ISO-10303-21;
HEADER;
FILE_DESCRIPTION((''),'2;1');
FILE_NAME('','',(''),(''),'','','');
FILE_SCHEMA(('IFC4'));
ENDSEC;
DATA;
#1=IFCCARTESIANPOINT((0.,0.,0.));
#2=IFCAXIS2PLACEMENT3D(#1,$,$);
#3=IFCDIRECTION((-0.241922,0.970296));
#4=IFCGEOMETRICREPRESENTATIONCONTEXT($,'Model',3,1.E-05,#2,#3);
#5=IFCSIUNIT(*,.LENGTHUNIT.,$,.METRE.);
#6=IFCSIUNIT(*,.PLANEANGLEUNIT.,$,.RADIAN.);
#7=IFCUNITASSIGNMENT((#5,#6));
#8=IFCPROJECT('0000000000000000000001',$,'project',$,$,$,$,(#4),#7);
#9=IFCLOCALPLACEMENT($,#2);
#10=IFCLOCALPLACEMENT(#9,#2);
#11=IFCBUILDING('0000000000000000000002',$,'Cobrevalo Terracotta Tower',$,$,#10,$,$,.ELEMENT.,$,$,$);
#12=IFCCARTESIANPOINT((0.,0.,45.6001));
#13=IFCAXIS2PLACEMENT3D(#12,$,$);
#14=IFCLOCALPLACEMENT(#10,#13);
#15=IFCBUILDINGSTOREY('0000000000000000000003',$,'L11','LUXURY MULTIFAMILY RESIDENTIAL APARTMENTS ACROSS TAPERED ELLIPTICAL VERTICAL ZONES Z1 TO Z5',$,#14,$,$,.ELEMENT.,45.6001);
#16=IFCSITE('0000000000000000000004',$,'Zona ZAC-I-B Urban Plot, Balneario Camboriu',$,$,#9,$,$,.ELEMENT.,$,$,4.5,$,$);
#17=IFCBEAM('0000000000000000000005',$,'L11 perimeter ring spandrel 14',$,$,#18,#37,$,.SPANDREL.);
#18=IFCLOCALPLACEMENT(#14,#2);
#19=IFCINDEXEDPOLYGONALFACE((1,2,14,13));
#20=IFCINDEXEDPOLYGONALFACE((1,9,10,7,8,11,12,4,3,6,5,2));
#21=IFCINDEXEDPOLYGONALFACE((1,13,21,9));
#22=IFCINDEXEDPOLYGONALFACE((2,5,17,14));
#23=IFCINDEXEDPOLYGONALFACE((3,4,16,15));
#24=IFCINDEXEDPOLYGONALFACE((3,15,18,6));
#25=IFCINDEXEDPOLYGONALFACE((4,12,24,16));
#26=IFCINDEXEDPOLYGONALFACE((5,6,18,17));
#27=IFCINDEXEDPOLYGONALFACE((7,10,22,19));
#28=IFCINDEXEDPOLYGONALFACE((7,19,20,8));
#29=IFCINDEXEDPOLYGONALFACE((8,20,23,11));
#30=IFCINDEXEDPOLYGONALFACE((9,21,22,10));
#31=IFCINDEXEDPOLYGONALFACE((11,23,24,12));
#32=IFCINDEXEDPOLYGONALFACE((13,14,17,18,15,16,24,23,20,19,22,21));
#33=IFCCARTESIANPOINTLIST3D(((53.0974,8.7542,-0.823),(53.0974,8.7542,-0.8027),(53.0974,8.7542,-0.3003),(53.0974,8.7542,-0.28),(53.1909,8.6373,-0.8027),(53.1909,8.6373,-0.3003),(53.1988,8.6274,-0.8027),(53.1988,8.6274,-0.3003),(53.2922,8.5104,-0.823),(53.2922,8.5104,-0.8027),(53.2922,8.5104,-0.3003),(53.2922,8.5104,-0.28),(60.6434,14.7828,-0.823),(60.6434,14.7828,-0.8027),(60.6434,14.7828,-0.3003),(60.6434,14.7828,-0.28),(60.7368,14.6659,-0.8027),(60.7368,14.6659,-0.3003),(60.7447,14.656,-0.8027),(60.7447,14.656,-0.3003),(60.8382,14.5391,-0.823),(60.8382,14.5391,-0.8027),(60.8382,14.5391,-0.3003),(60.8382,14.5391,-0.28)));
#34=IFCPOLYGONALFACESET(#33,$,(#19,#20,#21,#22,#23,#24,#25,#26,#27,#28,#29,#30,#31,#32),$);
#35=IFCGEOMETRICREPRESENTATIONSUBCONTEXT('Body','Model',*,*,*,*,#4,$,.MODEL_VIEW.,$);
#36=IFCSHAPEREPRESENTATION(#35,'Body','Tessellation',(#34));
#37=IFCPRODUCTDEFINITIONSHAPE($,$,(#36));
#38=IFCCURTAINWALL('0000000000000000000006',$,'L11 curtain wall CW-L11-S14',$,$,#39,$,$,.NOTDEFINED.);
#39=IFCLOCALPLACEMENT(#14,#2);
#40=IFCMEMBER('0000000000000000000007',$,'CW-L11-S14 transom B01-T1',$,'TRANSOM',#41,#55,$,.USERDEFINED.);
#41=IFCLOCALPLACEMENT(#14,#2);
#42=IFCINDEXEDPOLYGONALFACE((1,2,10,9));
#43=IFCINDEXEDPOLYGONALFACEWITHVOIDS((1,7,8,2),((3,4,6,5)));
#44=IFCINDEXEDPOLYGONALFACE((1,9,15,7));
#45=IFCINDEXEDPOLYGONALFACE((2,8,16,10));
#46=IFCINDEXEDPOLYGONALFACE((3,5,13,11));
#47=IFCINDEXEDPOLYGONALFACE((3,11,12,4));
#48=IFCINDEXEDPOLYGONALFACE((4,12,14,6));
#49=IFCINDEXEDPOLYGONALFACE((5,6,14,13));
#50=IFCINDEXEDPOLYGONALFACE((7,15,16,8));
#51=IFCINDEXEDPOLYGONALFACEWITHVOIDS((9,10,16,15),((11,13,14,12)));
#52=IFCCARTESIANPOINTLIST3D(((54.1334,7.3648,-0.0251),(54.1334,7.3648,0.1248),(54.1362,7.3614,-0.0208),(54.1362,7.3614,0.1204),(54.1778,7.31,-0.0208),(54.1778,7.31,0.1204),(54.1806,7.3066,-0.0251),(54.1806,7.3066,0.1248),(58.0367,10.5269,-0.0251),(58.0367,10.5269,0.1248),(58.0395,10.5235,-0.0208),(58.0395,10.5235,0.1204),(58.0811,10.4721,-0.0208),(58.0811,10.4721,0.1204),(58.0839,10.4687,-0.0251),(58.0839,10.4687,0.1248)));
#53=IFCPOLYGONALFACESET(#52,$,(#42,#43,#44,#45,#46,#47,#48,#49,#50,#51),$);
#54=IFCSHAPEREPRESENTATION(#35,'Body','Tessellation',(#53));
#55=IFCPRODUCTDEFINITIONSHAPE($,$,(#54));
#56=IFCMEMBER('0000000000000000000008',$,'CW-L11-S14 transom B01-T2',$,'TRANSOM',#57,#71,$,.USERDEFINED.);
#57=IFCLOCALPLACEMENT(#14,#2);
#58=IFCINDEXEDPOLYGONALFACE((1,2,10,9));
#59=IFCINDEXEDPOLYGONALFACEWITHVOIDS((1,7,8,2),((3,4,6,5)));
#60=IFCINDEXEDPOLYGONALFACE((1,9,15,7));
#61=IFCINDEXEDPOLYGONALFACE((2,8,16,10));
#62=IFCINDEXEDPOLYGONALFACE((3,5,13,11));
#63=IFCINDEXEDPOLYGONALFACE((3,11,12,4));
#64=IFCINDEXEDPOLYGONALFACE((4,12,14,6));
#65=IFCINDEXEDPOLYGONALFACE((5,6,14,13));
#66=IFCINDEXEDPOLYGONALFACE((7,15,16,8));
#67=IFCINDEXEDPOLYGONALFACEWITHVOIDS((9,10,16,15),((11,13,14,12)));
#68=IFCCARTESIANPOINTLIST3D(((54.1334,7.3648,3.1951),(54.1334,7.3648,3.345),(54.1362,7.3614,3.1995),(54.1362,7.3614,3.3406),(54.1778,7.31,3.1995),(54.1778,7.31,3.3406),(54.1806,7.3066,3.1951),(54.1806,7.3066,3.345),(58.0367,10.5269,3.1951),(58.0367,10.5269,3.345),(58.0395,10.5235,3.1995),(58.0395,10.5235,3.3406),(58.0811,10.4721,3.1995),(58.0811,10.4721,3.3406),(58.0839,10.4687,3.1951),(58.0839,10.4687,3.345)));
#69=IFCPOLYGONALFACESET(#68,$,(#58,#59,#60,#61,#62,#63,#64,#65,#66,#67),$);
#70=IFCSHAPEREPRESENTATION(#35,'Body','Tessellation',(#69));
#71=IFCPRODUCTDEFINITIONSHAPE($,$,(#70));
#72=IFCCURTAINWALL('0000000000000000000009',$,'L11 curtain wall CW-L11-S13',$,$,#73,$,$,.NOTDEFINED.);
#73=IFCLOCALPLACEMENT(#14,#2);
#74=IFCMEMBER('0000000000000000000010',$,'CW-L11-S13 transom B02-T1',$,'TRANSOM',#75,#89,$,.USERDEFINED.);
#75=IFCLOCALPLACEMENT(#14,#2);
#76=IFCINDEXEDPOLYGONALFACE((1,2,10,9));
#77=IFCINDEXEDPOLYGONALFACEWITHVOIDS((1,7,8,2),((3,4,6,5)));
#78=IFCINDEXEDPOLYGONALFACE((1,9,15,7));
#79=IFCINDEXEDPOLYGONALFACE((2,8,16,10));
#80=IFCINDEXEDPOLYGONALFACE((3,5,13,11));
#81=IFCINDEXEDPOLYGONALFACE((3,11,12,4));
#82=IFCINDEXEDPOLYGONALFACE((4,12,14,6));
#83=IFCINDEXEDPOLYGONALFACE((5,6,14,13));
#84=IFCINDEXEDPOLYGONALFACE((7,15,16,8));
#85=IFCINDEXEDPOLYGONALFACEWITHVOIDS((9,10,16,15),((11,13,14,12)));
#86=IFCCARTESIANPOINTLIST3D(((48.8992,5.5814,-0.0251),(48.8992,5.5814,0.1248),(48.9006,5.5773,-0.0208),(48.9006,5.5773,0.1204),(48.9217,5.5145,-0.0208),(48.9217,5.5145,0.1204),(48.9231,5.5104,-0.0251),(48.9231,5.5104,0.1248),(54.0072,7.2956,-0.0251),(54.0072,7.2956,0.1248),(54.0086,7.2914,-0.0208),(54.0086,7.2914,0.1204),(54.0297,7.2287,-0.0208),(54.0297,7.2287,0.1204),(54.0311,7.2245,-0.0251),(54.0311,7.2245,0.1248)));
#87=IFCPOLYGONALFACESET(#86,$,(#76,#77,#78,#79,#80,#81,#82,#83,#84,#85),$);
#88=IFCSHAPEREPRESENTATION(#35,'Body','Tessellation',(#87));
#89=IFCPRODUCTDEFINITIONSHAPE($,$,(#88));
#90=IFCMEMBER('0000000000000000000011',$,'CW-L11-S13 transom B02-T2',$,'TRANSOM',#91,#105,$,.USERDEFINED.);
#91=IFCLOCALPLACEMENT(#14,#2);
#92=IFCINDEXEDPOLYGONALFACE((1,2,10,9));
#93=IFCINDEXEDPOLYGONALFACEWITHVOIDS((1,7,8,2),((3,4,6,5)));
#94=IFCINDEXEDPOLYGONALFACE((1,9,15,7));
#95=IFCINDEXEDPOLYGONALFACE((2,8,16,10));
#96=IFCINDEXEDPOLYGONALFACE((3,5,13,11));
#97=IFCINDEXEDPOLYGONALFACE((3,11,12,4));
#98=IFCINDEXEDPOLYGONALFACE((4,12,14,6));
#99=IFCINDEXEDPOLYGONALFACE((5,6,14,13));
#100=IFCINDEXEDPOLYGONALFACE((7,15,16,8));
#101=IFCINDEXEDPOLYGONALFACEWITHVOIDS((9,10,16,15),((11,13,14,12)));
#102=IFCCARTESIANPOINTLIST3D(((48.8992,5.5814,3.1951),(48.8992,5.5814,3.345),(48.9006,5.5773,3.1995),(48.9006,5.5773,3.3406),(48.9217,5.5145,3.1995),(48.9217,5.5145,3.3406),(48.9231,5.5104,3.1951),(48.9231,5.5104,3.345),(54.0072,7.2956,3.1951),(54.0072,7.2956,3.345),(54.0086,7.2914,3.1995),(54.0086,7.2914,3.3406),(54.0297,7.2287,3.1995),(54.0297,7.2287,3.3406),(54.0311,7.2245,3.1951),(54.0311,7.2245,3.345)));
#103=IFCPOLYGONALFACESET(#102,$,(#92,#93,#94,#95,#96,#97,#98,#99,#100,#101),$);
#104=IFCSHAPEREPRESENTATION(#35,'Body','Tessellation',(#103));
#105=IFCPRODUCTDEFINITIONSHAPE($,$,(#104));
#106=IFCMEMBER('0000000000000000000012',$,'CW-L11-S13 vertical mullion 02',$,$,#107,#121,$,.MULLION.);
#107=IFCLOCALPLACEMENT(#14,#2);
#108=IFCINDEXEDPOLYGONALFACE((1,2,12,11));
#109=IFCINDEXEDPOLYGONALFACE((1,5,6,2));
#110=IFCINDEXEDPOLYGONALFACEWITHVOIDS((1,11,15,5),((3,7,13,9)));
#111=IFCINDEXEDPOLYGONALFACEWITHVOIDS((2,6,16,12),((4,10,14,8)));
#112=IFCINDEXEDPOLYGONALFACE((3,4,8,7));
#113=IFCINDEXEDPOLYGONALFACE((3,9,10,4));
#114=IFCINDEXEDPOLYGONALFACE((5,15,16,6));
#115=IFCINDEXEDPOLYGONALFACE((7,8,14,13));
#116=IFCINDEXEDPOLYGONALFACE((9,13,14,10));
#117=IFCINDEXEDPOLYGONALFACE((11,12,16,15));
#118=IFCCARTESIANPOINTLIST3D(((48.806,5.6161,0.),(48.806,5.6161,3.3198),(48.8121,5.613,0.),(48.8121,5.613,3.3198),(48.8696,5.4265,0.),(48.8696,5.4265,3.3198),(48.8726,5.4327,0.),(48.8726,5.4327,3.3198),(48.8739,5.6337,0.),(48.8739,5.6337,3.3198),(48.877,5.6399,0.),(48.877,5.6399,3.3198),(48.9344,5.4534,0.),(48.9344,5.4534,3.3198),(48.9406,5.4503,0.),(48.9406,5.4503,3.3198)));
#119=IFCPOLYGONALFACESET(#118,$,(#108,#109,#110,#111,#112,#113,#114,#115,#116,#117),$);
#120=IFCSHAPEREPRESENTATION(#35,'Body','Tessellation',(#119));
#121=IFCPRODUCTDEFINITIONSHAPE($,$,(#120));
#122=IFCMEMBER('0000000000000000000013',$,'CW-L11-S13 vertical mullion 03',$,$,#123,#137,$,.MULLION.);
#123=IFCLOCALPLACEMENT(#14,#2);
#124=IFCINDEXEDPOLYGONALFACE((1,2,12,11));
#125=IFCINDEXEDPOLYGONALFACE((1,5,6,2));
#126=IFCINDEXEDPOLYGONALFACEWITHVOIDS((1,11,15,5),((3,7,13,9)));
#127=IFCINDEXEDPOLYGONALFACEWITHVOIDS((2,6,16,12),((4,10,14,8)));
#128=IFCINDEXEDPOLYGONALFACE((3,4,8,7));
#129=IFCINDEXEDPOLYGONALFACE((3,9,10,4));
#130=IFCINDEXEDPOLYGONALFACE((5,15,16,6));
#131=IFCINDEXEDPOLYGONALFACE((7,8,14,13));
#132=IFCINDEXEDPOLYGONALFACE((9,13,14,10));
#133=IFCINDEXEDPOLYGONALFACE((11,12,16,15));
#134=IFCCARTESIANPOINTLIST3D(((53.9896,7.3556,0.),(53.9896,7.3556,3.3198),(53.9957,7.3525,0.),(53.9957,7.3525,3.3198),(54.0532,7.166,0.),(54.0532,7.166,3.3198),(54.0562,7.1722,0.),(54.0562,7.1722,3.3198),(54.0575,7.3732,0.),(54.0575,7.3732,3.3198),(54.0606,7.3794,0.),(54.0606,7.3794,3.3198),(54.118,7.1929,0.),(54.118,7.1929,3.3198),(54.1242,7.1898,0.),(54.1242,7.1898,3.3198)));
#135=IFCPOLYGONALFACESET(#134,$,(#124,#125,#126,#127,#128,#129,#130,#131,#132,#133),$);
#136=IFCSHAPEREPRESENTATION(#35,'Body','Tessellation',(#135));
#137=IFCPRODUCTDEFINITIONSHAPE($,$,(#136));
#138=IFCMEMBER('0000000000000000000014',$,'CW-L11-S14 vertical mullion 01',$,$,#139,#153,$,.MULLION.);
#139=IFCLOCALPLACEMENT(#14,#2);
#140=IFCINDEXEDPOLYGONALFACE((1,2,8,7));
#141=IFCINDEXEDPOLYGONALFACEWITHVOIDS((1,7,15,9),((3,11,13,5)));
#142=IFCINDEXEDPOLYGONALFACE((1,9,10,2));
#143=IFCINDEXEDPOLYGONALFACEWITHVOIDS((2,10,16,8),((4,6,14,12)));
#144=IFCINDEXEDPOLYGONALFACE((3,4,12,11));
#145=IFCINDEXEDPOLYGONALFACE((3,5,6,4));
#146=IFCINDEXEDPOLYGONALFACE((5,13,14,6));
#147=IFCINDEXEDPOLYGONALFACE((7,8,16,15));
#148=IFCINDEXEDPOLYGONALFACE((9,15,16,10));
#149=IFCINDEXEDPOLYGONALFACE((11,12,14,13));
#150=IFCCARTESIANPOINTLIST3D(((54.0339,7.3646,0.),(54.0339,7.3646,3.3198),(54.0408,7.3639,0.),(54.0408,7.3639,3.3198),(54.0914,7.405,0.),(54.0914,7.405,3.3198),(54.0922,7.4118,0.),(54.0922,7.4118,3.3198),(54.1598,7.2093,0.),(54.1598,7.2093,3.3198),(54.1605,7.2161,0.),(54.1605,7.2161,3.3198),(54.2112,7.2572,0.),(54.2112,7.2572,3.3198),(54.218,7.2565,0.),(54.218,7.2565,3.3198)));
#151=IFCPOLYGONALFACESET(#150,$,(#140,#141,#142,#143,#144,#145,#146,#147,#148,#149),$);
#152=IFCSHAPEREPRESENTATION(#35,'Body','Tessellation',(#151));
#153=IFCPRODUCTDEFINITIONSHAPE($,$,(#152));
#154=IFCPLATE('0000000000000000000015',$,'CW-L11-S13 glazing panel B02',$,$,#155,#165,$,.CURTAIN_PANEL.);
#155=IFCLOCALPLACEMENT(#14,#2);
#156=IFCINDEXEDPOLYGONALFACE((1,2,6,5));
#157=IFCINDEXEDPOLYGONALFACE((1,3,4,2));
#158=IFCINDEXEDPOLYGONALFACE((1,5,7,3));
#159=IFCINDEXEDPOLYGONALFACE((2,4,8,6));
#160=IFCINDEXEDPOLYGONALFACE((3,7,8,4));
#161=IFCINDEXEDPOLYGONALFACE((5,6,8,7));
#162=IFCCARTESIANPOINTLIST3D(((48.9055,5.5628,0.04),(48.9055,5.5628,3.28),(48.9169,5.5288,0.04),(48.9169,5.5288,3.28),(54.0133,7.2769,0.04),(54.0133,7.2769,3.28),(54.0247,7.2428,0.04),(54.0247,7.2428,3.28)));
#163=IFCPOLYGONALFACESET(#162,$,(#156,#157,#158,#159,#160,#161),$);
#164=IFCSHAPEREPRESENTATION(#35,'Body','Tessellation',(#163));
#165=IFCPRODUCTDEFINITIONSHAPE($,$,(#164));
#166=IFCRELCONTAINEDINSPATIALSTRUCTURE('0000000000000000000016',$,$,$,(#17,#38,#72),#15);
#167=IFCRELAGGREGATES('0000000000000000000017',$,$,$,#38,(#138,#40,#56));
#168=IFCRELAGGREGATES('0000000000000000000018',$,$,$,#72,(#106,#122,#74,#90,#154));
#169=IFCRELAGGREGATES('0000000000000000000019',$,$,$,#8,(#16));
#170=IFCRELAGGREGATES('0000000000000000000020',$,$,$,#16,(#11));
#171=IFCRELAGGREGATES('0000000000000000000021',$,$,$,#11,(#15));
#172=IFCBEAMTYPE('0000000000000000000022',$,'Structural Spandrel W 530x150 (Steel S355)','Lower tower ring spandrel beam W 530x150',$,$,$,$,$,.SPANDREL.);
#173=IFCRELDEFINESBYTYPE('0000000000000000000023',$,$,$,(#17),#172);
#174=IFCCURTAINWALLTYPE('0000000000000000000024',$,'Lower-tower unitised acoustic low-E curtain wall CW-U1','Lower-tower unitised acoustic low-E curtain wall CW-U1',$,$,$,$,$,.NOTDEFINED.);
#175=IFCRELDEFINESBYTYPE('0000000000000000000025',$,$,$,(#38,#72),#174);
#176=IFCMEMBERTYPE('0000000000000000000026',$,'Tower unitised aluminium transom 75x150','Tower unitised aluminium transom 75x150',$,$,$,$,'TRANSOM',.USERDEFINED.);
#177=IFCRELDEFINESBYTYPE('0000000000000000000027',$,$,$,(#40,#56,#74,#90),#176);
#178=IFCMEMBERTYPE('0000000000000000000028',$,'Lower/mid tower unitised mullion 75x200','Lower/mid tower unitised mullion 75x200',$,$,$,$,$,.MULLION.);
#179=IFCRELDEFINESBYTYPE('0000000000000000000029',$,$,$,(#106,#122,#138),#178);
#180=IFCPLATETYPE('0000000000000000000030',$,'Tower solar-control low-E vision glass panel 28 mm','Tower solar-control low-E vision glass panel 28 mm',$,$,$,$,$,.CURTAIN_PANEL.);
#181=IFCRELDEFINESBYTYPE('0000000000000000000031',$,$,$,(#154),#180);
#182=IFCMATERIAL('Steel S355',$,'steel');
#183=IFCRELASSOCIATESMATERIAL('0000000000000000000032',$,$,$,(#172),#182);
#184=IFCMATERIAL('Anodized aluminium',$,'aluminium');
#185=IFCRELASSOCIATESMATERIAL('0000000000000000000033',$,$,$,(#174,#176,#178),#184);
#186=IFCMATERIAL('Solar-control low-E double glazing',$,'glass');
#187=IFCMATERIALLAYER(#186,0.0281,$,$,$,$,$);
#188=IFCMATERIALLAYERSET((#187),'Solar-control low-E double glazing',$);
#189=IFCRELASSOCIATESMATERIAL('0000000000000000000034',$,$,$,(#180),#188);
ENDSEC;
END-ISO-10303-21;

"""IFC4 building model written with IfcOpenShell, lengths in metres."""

from ifc_helpers import new_model, si_unit, direction, frame, origin, origin_2d, place, context, subcontext, project, spatial, rectangle, hollow_rectangle, i_section, extrude, source, transform, mapped, material, layer, layer_set, material_profile, profile_set, type_object, element, aggregate, save


model = new_model("IFC4")

# Units and contexts
model_context = context("Model", 3, precision=1e-05, world=origin(), true_north=direction((-0.241922, 0.970296)))
body_context = subcontext(model_context, "Body", "Model", "MODEL_VIEW")
ifc_project = project(units=[si_unit("LENGTHUNIT", "METRE"), si_unit("PLANEANGLEUNIT", "RADIAN")], contexts=[model_context])

# Site, building, storey
site_placement = place(None, origin())
site = spatial("IfcSite", under=ifc_project, at=site_placement, Name="Zona ZAC-I-B Urban Plot, Balneario Camboriu", CompositionType="ELEMENT", RefElevation=4.5)
building_placement = place(site_placement, origin())
building = spatial("IfcBuilding", under=site, at=building_placement, Name="Cobrevalo Terracotta Tower", CompositionType="ELEMENT")
storey_placement = place(building_placement, frame((0.0, 0.0, 45.6001)))
storey = spatial("IfcBuildingStorey", under=building, at=storey_placement, Name="L11", Description="LUXURY MULTIFAMILY RESIDENTIAL APARTMENTS ACROSS TAPERED ELLIPTICAL VERTICAL ZONES Z1 TO Z5", CompositionType="ELEMENT", Elevation=45.6001)

# Shared definitions
ifc_material_1 = material(Name="Steel S355", Category="steel")

# Beam
ifc_material_profile_1 = material_profile(ifc_material_1, i_section(OverallWidth=0.312, OverallDepth=0.543, WebThickness=0.0127, FlangeThickness=0.0203, at=origin_2d()), Name="W 530x150")
ifc_profile_set_1 = profile_set([ifc_material_profile_1], Name="Steel S355")
beam_type_1 = type_object("IfcBeamType", Name="Structural Spandrel W 530x150 (Steel S355)", Description="Lower tower ring spandrel beam W 530x150", PredefinedType="SPANDREL", material=ifc_profile_set_1)
beam_1_placement = place(storey_placement, frame((53.1948, 8.6323, -0.5515), z_axis=(0.78128, 0.62418, 0.0), x_axis=(-0.62418, 0.78128, 0.0)))
element("IfcBeam", 1, at=beam_1_placement, inside=storey, type_object=beam_type_1, Name="L11 perimeter ring spandrel 14", PredefinedType="SPANDREL", context=body_context, shape_type="SweptSolid", body=[
    extrude(i_section(OverallWidth=0.312, OverallDepth=0.543, WebThickness=0.0127, FlangeThickness=0.0203, at=origin_2d()), origin(), (0.0, 0.0, 1.0), 9.6584),
])

# Curtain walls, members
ifc_material_2 = material(Name="Anodized aluminium", Category="aluminium")
curtain_wall_type = type_object("IfcCurtainWallType", Name="Lower-tower unitised acoustic low-E curtain wall CW-U1", Description="Lower-tower unitised acoustic low-E curtain wall CW-U1", PredefinedType="NOTDEFINED", material=ifc_material_2)
curtain_wall_1_placement = place(storey_placement, origin())
curtain_wall_1 = element("IfcCurtainWall", 2, at=curtain_wall_1_placement, inside=storey, type_object=curtain_wall_type, Name="L11 curtain wall CW-L11-S14", PredefinedType="NOTDEFINED")
ifc_material_profile_2 = material_profile(ifc_material_2, hollow_rectangle(XDim=0.075, YDim=0.1499, WallThickness=0.0044, at=origin_2d()), Name="CWT 75x150")
ifc_profile_set_2 = profile_set([ifc_material_profile_2], Name="Anodized aluminium")
member_type_1 = type_object("IfcMemberType", Name="Tower unitised aluminium transom 75x150", Description="Tower unitised aluminium transom 75x150", ElementType="TRANSOM", PredefinedType="USERDEFINED", material=ifc_profile_set_2)
shared_shape_1 = source(origin(), body_context, "Body", "SweptSolid", [
    extrude(hollow_rectangle(XDim=0.075, YDim=0.1499, WallThickness=0.0044, at=origin_2d()), origin(), (0.0, 0.0, 1.0), 5.0234),
])
member_1_placement = place(storey_placement, frame((54.157, 7.3357, 0.0498), z_axis=(0.777023, 0.629472, 0.0), x_axis=(-0.629472, 0.777023, 0.0)))
member_1 = element("IfcMember", 3, at=member_1_placement, type_object=member_type_1, Name="CW-L11-S14 transom B01-T1", ObjectType="TRANSOM", PredefinedType="USERDEFINED", context=body_context, shape_type="MappedRepresentation", body=[
    mapped(shared_shape_1, transform((0.0, 0.0, 0.0), scale=1.0)),
])
member_2_placement = place(storey_placement, frame((54.157, 7.3357, 3.27), z_axis=(0.777023, 0.629472, 0.0), x_axis=(-0.629472, 0.777023, 0.0)))
member_2 = element("IfcMember", 4, at=member_2_placement, type_object=member_type_1, Name="CW-L11-S14 transom B01-T2", ObjectType="TRANSOM", PredefinedType="USERDEFINED", context=body_context, shape_type="MappedRepresentation", body=[
    mapped(shared_shape_1, transform((0.0, 0.0, 0.0), scale=1.0)),
])
curtain_wall_2_placement = place(storey_placement, origin())
curtain_wall_2 = element("IfcCurtainWall", 5, at=curtain_wall_2_placement, inside=storey, type_object=curtain_wall_type, Name="L11 curtain wall CW-L11-S13", PredefinedType="NOTDEFINED")
shared_shape_2 = source(origin(), body_context, "Body", "SweptSolid", [
    extrude(hollow_rectangle(XDim=0.075, YDim=0.1499, WallThickness=0.0044, at=origin_2d()), origin(), (0.0, 0.0, 1.0), 5.3879),
])
member_3_placement = place(storey_placement, frame((48.9111, 5.5459, 0.0498), z_axis=(0.948042, 0.318144, 0.0), x_axis=(-0.318144, 0.948042, 0.0)))
member_3 = element("IfcMember", 6, at=member_3_placement, type_object=member_type_1, Name="CW-L11-S13 transom B02-T1", ObjectType="TRANSOM", PredefinedType="USERDEFINED", context=body_context, shape_type="MappedRepresentation", body=[
    mapped(shared_shape_2, transform((0.0, 0.0, 0.0), scale=1.0)),
])
member_4_placement = place(storey_placement, frame((48.9111, 5.5459, 3.27), z_axis=(0.948042, 0.318144, 0.0), x_axis=(-0.318144, 0.948042, 0.0)))
member_4 = element("IfcMember", 7, at=member_4_placement, type_object=member_type_1, Name="CW-L11-S13 transom B02-T2", ObjectType="TRANSOM", PredefinedType="USERDEFINED", context=body_context, shape_type="MappedRepresentation", body=[
    mapped(shared_shape_2, transform((0.0, 0.0, 0.0), scale=1.0)),
])
ifc_material_profile_3 = material_profile(ifc_material_2, hollow_rectangle(XDim=0.075, YDim=0.2, WallThickness=0.0049, at=origin_2d()), Name="CWM 75x200")
ifc_profile_set_3 = profile_set([ifc_material_profile_3], Name="Anodized aluminium")
member_type_2 = type_object("IfcMemberType", Name="Lower/mid tower unitised mullion 75x200", Description="Lower/mid tower unitised mullion 75x200", PredefinedType="MULLION", material=ifc_profile_set_3)
shared_shape_3 = source(origin(), body_context, "Body", "SweptSolid", [
    extrude(hollow_rectangle(XDim=0.075, YDim=0.2, WallThickness=0.0049, at=origin_2d()), origin(), (0.0, 0.0, 1.0), 3.3198),
])
member_5_placement = place(storey_placement, frame((48.8733, 5.5332, 0.0), z_axis=(0.0, 0.0, 1.0), x_axis=(0.948046, 0.318132, 0.0)))
member_5 = element("IfcMember", 8, at=member_5_placement, type_object=member_type_2, Name="CW-L11-S13 vertical mullion 02", PredefinedType="MULLION", context=body_context, shape_type="MappedRepresentation", body=[
    mapped(shared_shape_3, transform((0.0, 0.0, 0.0), scale=1.0)),
])
member_6_placement = place(storey_placement, frame((54.0569, 7.2727, 0.0), z_axis=(0.0, 0.0, 1.0), x_axis=(0.948046, 0.318132, 0.0)))
member_6 = element("IfcMember", 9, at=member_6_placement, type_object=member_type_2, Name="CW-L11-S13 vertical mullion 03", PredefinedType="MULLION", context=body_context, shape_type="MappedRepresentation", body=[
    mapped(shared_shape_3, transform((0.0, 0.0, 0.0), scale=1.0)),
])

# Member
member_7_placement = place(storey_placement, frame((54.126, 7.3105, 0.0), z_axis=(0.0, 0.0, 1.0), x_axis=(0.777003, 0.629497, 0.0)))
member_7 = element("IfcMember", 10, at=member_7_placement, type_object=member_type_2, Name="CW-L11-S14 vertical mullion 01", PredefinedType="MULLION", context=body_context, shape_type="MappedRepresentation", body=[
    mapped(shared_shape_3, transform((0.0, 0.0, 0.0), scale=1.0)),
])
aggregate(curtain_wall_1, [member_7, member_1, member_2])

# Plate
ifc_material_3 = material(Name="Solar-control low-E double glazing", Category="glass")
ifc_layer_1 = layer(ifc_material_3, 0.0281)
ifc_layer_set_1 = layer_set([ifc_layer_1], Name="Solar-control low-E double glazing")
plate_type = type_object("IfcPlateType", Name="Tower solar-control low-E vision glass panel 28 mm", Description="Tower solar-control low-E vision glass panel 28 mm", PredefinedType="CURTAIN_PANEL", material=ifc_layer_set_1)
shared_shape_4 = source(origin(), body_context, "Body", "SweptSolid", [
    extrude(rectangle(XDim=5.3877, YDim=0.0359, at=origin_2d()), origin(), (0.0, 0.0, 1.0), 3.24),
])
plate_placement = place(storey_placement, frame((51.4651, 6.4028, 0.04), z_axis=(0.0, 0.0, 1.0), x_axis=(0.948044, 0.318139, 0.0)))
plate = element("IfcPlate", 11, at=plate_placement, type_object=plate_type, Name="CW-L11-S13 glazing panel B02", PredefinedType="CURTAIN_PANEL", context=body_context, shape_type="MappedRepresentation", body=[
    mapped(shared_shape_4, transform((0.0, 0.0, 0.0), scale=1.0)),
])
aggregate(curtain_wall_2, [member_5, member_6, member_3, member_4, plate])

save(model, "model.ifc")
